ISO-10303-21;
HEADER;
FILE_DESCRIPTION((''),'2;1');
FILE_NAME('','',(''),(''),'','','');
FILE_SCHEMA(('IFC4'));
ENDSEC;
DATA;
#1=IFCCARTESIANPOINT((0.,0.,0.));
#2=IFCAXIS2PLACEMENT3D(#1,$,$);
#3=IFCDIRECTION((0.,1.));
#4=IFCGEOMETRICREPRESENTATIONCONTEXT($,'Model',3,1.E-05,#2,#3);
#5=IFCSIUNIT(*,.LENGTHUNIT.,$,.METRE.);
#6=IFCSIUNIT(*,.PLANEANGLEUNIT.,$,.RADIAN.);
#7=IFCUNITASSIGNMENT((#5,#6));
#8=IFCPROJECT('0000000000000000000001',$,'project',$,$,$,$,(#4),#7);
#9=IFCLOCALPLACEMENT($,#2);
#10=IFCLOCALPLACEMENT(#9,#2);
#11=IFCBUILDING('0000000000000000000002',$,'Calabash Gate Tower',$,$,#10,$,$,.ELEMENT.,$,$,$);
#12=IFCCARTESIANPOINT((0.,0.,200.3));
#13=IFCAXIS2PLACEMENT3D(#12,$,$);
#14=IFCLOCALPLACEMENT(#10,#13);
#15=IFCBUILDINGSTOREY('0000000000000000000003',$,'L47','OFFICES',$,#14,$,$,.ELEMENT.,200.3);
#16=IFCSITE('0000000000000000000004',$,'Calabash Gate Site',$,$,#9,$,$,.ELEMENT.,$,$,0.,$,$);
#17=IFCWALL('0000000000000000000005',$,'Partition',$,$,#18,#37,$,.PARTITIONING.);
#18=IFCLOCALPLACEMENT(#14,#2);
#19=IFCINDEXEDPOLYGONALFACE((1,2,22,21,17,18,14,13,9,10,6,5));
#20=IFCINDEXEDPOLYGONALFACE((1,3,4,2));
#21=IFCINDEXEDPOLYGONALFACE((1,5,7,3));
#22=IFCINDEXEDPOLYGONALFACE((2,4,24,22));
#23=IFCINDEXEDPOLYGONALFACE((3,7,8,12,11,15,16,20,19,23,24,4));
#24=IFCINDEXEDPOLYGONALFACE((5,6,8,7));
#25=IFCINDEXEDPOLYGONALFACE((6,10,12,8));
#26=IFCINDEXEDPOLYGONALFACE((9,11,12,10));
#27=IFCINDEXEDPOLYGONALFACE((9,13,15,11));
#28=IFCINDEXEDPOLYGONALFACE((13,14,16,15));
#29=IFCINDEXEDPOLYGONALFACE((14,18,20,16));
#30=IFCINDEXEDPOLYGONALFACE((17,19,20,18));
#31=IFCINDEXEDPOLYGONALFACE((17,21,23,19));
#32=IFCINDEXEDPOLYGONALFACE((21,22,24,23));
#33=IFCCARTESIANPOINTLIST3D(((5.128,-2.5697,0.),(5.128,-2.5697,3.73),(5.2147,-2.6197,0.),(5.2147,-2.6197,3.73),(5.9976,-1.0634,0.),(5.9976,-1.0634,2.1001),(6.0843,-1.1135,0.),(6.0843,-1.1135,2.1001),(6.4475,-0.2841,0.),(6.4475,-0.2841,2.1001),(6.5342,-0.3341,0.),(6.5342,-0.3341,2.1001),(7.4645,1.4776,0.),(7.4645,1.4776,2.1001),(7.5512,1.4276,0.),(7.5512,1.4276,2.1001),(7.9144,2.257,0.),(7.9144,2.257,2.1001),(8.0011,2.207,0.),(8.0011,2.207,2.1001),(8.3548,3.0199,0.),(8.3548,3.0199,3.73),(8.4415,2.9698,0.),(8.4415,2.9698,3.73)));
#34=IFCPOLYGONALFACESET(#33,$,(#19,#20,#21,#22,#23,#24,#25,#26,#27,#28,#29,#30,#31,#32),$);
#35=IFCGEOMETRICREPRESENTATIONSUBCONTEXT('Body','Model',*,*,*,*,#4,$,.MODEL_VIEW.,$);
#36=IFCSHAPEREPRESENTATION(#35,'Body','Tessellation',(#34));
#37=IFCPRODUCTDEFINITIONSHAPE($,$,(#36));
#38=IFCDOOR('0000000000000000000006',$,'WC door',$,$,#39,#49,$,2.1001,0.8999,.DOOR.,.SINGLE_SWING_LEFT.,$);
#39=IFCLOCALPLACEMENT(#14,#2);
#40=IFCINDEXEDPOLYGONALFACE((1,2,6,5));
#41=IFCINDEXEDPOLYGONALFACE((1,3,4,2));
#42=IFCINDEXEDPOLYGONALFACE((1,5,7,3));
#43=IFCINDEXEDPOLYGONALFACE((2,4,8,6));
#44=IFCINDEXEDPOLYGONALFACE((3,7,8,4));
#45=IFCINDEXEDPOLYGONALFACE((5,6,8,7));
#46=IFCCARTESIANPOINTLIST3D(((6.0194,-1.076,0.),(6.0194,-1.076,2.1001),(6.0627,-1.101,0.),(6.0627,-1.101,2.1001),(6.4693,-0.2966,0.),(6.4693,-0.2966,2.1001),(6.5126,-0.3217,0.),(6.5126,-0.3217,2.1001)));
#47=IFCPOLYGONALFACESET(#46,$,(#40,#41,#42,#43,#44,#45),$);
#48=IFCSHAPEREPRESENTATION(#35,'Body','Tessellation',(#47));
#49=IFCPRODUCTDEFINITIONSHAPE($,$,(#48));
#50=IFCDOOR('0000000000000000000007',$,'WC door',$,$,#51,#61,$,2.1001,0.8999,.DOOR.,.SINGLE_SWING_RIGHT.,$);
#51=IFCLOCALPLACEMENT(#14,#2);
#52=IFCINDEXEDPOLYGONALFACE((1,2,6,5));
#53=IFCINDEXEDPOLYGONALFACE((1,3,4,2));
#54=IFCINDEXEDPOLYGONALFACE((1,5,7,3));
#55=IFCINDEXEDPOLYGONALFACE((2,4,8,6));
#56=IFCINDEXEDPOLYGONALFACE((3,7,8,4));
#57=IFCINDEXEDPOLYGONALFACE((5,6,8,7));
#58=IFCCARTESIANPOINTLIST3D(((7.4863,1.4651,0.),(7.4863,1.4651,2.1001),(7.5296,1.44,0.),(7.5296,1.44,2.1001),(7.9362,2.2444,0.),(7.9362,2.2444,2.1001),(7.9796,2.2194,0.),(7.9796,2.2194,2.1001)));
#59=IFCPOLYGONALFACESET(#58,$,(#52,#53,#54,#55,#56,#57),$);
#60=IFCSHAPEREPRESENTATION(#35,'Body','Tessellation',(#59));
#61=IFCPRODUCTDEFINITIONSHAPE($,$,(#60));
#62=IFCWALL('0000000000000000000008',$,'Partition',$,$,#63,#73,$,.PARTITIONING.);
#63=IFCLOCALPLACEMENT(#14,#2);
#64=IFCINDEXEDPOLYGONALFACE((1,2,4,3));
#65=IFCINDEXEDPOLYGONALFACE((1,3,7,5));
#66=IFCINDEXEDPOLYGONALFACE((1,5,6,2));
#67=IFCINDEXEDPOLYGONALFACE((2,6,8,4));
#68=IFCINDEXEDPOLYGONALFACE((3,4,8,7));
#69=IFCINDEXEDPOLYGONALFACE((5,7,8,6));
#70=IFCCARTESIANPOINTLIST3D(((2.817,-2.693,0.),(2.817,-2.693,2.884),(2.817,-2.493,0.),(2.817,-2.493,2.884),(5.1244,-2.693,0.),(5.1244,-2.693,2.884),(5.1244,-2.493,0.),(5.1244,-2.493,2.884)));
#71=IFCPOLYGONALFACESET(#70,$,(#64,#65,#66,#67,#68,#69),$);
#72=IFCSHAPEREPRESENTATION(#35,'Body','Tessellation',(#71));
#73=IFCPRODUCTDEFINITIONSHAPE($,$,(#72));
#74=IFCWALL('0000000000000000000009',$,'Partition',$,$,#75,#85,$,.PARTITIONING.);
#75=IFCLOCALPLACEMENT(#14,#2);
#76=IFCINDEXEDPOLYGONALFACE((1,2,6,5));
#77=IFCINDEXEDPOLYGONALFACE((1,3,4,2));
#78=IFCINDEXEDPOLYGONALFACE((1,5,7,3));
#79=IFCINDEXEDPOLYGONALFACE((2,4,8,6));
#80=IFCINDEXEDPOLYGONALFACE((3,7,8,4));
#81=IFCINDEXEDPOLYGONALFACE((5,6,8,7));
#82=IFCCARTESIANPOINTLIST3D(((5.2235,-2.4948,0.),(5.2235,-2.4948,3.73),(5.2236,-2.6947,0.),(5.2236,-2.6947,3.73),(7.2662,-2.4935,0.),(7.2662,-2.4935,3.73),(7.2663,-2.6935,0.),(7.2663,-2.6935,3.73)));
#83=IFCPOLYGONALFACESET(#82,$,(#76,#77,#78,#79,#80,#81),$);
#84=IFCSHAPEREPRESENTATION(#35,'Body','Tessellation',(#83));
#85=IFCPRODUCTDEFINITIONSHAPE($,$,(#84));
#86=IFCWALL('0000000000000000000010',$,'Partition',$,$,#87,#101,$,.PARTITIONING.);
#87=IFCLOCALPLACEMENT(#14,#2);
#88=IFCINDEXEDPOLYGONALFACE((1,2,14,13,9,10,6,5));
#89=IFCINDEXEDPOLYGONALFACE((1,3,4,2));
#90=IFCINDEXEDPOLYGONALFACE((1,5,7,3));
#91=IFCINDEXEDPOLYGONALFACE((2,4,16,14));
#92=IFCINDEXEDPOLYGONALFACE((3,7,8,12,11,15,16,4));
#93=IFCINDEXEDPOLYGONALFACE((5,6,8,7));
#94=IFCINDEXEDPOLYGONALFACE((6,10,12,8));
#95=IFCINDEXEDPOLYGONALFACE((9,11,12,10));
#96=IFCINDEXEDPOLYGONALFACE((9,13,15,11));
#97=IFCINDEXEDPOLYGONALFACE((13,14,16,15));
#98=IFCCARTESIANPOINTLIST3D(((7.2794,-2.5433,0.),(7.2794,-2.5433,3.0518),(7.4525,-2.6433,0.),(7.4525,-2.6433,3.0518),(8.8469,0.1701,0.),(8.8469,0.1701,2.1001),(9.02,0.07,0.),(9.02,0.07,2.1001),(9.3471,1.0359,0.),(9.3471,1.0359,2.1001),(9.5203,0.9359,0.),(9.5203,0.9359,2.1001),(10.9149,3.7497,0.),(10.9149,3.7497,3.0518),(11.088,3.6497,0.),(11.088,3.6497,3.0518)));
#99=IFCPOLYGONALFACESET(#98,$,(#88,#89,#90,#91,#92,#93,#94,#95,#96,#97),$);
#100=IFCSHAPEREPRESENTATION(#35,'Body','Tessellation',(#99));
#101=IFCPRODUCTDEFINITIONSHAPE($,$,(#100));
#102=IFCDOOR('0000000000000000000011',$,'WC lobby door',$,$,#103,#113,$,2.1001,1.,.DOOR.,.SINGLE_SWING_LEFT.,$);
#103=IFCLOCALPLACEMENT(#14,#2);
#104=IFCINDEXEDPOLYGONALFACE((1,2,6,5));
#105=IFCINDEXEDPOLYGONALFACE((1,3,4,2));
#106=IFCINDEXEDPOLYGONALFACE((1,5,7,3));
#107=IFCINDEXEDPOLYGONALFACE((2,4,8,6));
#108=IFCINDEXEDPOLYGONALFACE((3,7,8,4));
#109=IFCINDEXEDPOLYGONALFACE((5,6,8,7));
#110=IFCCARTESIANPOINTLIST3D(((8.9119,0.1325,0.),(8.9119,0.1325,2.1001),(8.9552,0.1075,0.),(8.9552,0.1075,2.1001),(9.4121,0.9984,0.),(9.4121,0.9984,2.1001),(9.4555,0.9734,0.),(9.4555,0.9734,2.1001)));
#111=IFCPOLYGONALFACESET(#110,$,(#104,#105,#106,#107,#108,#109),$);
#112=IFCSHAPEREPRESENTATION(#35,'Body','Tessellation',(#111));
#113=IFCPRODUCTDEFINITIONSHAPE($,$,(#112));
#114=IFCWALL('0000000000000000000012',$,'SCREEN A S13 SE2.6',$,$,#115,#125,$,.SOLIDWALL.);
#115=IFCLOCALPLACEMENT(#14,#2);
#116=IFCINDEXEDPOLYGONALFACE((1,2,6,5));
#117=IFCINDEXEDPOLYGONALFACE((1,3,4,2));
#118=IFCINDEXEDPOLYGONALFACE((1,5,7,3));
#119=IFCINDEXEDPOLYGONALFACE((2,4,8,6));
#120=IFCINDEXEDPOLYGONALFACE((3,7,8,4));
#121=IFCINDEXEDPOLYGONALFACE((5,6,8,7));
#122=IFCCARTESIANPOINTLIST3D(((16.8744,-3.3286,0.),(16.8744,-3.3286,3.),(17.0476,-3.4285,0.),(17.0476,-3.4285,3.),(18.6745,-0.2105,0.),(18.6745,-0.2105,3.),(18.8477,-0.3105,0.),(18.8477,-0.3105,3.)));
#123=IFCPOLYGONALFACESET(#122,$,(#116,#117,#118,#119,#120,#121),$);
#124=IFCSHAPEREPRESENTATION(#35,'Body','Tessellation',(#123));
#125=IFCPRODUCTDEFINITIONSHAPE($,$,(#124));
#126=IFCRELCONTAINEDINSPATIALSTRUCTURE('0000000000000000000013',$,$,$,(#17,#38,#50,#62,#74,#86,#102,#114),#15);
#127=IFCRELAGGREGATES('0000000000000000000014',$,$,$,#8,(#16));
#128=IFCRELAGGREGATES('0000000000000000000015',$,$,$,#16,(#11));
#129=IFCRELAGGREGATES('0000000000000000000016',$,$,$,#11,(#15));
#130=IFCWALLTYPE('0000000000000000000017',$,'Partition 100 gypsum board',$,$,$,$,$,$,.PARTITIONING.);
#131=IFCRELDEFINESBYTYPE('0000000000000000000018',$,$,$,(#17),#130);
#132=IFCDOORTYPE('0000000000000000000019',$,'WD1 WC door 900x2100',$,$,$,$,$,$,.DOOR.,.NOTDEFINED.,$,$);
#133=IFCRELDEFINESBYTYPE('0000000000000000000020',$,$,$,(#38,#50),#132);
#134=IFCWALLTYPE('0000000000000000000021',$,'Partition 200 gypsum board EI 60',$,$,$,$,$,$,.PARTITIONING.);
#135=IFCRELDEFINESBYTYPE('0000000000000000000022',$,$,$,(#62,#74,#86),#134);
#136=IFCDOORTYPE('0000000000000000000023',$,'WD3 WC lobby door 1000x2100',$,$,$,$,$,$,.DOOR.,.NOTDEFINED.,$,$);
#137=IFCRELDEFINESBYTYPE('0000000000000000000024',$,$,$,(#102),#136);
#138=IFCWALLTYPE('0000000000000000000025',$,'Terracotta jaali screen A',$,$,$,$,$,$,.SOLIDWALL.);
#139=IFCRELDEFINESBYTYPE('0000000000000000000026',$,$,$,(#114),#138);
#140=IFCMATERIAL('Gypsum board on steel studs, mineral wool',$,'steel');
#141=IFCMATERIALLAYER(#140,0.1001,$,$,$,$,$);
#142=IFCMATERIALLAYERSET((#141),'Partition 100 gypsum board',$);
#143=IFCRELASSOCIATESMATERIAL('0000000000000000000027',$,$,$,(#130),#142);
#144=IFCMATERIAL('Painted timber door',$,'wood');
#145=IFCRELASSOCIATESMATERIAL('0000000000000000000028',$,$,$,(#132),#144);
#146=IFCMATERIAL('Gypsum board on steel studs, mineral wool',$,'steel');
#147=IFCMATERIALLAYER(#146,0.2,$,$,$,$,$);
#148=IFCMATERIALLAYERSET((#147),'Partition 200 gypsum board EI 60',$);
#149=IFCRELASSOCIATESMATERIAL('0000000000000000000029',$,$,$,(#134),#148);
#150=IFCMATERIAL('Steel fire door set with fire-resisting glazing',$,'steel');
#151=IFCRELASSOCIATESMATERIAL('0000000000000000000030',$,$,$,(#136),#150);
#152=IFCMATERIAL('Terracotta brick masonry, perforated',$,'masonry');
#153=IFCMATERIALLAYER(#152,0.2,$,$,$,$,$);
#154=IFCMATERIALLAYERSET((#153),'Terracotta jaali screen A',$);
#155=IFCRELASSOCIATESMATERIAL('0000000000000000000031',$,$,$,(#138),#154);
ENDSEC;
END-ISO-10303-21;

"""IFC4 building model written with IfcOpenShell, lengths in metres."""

from ifc_helpers import new_model, si_unit, direction, frame, frame_2d, origin, place, context, subcontext, project, spatial, rectangle, extrude, material, layer, layer_set, type_object, element, fill, save


model = new_model("IFC4")

# Units and contexts
model_context = context("Model", 3, precision=1e-05, world=origin(), true_north=direction((0.0, 1.0)))
body_context = subcontext(model_context, "Body", "Model", "MODEL_VIEW")
ifc_project = project(units=[si_unit("LENGTHUNIT", "METRE"), si_unit("PLANEANGLEUNIT", "RADIAN")], contexts=[model_context])

# Site, building, storey
site_placement = place(None, origin())
site = spatial("IfcSite", under=ifc_project, at=site_placement, Name="Calabash Gate Site", CompositionType="ELEMENT", RefElevation=0.0)
building_placement = place(site_placement, origin())
building = spatial("IfcBuilding", under=site, at=building_placement, Name="Calabash Gate Tower", CompositionType="ELEMENT")
storey_placement = place(building_placement, frame((0.0, 0.0, 200.3)))
storey = spatial("IfcBuildingStorey", under=building, at=storey_placement, Name="L47", Description="OFFICES", CompositionType="ELEMENT", Elevation=200.3)

# Wall, openings, doors
ifc_material_1 = material(Name="Gypsum board on steel studs, mineral wool", Category="steel")
ifc_layer_1 = layer(ifc_material_1, 0.1001)
ifc_layer_set_1 = layer_set([ifc_layer_1], Name="Partition 100 gypsum board")
wall_type_1 = type_object("IfcWallType", Name="Partition 100 gypsum board", PredefinedType="PARTITIONING", material=ifc_layer_set_1)
wall_1_placement = place(storey_placement, frame((5.1714, -2.5947, 0.0), z_axis=(0.0, 0.0, 1.0), x_axis=(0.499959, 0.866049, 0.0)))
wall_1 = element("IfcWall", 1, at=wall_1_placement, inside=storey, type_object=wall_type_1, Name="Partition", PredefinedType="PARTITIONING", context=body_context, shape_type="SweptSolid", body=[
    extrude(rectangle(XDim=6.4541, YDim=0.1001, at=frame_2d((3.2271, 0.0))), origin(), (0.0, 0.0, 1.0), 3.73),
])
opening_1_placement = place(wall_1_placement, frame((1.7393, 0.0, 0.0)))
opening_1 = element("IfcOpeningElement", 2, at=opening_1_placement, cuts=wall_1, PredefinedType="OPENING", context=body_context, shape_type="SweptSolid", body=[
    extrude(rectangle(XDim=0.8999, YDim=2.1001, at=frame_2d((0.45, 1.05))), frame((0.0, 0.0601, 0.0), z_axis=(0.0, -1.0, 0.0), x_axis=(1.0, 0.0, 0.0)), (0.0, 0.0, 1.0), 0.1201),
])
opening_2_placement = place(wall_1_placement, frame((4.6733, 0.0, 0.0)))
opening_2 = element("IfcOpeningElement", 3, at=opening_2_placement, cuts=wall_1, PredefinedType="OPENING", context=body_context, shape_type="SweptSolid", body=[
    extrude(rectangle(XDim=0.8999, YDim=2.1001, at=frame_2d((0.45, 1.05))), frame((0.0, 0.0601, 0.0), z_axis=(0.0, -1.0, 0.0), x_axis=(1.0, 0.0, 0.0)), (0.0, 0.0, 1.0), 0.1201),
])
ifc_material_2 = material(Name="Painted timber door", Category="wood")
door_type_1 = type_object("IfcDoorType", Name="WD1 WC door 900x2100", OperationType="NOTDEFINED", PredefinedType="DOOR", material=ifc_material_2)
door_1_placement = place(opening_1_placement, origin())
door_1 = element("IfcDoor", 4, at=door_1_placement, inside=storey, type_object=door_type_1, Name="WC door", OperationType="SINGLE_SWING_LEFT", OverallHeight=2.1001, OverallWidth=0.8999, PredefinedType="DOOR", context=body_context, shape_type="SweptSolid", body=[
    extrude(rectangle(XDim=0.8999, YDim=2.1001, at=frame_2d((0.45, 1.05))), frame((0.0, 0.0249, 0.0), z_axis=(0.0, -1.0, 0.0), x_axis=(1.0, 0.0, 0.0)), (0.0, 0.0, 1.0), 0.05),
])
fill(opening_1, door_1)
door_2_placement = place(opening_2_placement, origin())
door_2 = element("IfcDoor", 5, at=door_2_placement, inside=storey, type_object=door_type_1, Name="WC door", OperationType="SINGLE_SWING_RIGHT", OverallHeight=2.1001, OverallWidth=0.8999, PredefinedType="DOOR", context=body_context, shape_type="SweptSolid", body=[
    extrude(rectangle(XDim=0.8999, YDim=2.1001, at=frame_2d((0.45, 1.05))), frame((0.0, 0.0249, 0.0), z_axis=(0.0, -1.0, 0.0), x_axis=(1.0, 0.0, 0.0)), (0.0, 0.0, 1.0), 0.05),
])
fill(opening_2, door_2)

# Walls
ifc_material_3 = material(Name="Gypsum board on steel studs, mineral wool", Category="steel")
ifc_layer_2 = layer(ifc_material_3, 0.2)
ifc_layer_set_2 = layer_set([ifc_layer_2], Name="Partition 200 gypsum board EI 60")
wall_type_2 = type_object("IfcWallType", Name="Partition 200 gypsum board EI 60", PredefinedType="PARTITIONING", material=ifc_layer_set_2)
wall_2_placement = place(storey_placement, frame((2.8169, -2.593, 0.0), z_axis=(0.0, 0.0, 1.0), x_axis=(1.0, 0.0, 0.0)))
element("IfcWall", 6, at=wall_2_placement, inside=storey, type_object=wall_type_2, Name="Partition", PredefinedType="PARTITIONING", context=body_context, shape_type="SweptSolid", body=[
    extrude(rectangle(XDim=2.3074, YDim=0.2, at=frame_2d((1.1538, 0.0))), origin(), (0.0, 0.0, 1.0), 2.884),
])
wall_3_placement = place(storey_placement, frame((5.2234, -2.5947, 0.0), z_axis=(0.0, 0.0, 1.0), x_axis=(1.0, 0.000598, 0.0)))
element("IfcWall", 7, at=wall_3_placement, inside=storey, type_object=wall_type_2, Name="Partition", PredefinedType="PARTITIONING", context=body_context, shape_type="SweptSolid", body=[
    extrude(rectangle(XDim=2.0427, YDim=0.2, at=frame_2d((1.0215, 0.0))), origin(), (0.0, 0.0, 1.0), 3.73),
])

# Wall, opening, door
wall_4_placement = place(storey_placement, frame((7.366, -2.5933, 0.0), z_axis=(0.0, 0.0, 1.0), x_axis=(0.500232, 0.865891, 0.0)))
wall_4 = element("IfcWall", 8, at=wall_4_placement, inside=storey, type_object=wall_type_2, Name="Partition", PredefinedType="PARTITIONING", context=body_context, shape_type="SweptSolid", body=[
    extrude(rectangle(XDim=7.2676, YDim=0.2, at=frame_2d((3.6338, 0.0))), origin(), (0.0, 0.0, 1.0), 3.0518),
])
opening_3_placement = place(wall_4_placement, frame((3.1335, 0.0, 0.0)))
opening_3 = element("IfcOpeningElement", 9, at=opening_3_placement, cuts=wall_4, PredefinedType="OPENING", context=body_context, shape_type="SweptSolid", body=[
    extrude(rectangle(XDim=1.0, YDim=2.1001, at=frame_2d((0.5, 1.05))), frame((0.0, 0.1099, 0.0), z_axis=(0.0, -1.0, 0.0), x_axis=(1.0, 0.0, 0.0)), (0.0, 0.0, 1.0), 0.22),
])
ifc_material_4 = material(Name="Steel fire door set with fire-resisting glazing", Category="steel")
door_type_2 = type_object("IfcDoorType", Name="WD3 WC lobby door 1000x2100", OperationType="NOTDEFINED", PredefinedType="DOOR", material=ifc_material_4)
door_3_placement = place(opening_3_placement, origin())
door_3 = element("IfcDoor", 10, at=door_3_placement, inside=storey, type_object=door_type_2, Name="WC lobby door", OperationType="SINGLE_SWING_LEFT", OverallHeight=2.1001, OverallWidth=1.0, PredefinedType="DOOR", context=body_context, shape_type="SweptSolid", body=[
    extrude(rectangle(XDim=1.0, YDim=2.1001, at=frame_2d((0.5, 1.05))), frame((0.0, 0.0249, 0.0), z_axis=(0.0, -1.0, 0.0), x_axis=(1.0, 0.0, 0.0)), (0.0, 0.0, 1.0), 0.05),
])
fill(opening_3, door_3)

# Wall
ifc_material_5 = material(Name="Terracotta brick masonry, perforated", Category="masonry")
ifc_layer_3 = layer(ifc_material_5, 0.2)
ifc_layer_set_3 = layer_set([ifc_layer_3], Name="Terracotta jaali screen A")
wall_type_3 = type_object("IfcWallType", Name="Terracotta jaali screen A", PredefinedType="SOLIDWALL", material=ifc_layer_set_3)
wall_5_placement = place(storey_placement, frame((16.9609, -3.3787, 0.0), z_axis=(0.0, 0.0, 1.0), x_axis=(0.499983, 0.866035, 0.0)))
element("IfcWall", 11, at=wall_5_placement, inside=storey, type_object=wall_type_3, Name="SCREEN A S13 SE2.6", PredefinedType="SOLIDWALL", context=body_context, shape_type="SweptSolid", body=[
    extrude(rectangle(XDim=3.6003, YDim=0.2, at=frame_2d((1.8003, 0.0))), origin(), (0.0, 0.0, 1.0), 3.0),
])

save(model, "model.ifc")
